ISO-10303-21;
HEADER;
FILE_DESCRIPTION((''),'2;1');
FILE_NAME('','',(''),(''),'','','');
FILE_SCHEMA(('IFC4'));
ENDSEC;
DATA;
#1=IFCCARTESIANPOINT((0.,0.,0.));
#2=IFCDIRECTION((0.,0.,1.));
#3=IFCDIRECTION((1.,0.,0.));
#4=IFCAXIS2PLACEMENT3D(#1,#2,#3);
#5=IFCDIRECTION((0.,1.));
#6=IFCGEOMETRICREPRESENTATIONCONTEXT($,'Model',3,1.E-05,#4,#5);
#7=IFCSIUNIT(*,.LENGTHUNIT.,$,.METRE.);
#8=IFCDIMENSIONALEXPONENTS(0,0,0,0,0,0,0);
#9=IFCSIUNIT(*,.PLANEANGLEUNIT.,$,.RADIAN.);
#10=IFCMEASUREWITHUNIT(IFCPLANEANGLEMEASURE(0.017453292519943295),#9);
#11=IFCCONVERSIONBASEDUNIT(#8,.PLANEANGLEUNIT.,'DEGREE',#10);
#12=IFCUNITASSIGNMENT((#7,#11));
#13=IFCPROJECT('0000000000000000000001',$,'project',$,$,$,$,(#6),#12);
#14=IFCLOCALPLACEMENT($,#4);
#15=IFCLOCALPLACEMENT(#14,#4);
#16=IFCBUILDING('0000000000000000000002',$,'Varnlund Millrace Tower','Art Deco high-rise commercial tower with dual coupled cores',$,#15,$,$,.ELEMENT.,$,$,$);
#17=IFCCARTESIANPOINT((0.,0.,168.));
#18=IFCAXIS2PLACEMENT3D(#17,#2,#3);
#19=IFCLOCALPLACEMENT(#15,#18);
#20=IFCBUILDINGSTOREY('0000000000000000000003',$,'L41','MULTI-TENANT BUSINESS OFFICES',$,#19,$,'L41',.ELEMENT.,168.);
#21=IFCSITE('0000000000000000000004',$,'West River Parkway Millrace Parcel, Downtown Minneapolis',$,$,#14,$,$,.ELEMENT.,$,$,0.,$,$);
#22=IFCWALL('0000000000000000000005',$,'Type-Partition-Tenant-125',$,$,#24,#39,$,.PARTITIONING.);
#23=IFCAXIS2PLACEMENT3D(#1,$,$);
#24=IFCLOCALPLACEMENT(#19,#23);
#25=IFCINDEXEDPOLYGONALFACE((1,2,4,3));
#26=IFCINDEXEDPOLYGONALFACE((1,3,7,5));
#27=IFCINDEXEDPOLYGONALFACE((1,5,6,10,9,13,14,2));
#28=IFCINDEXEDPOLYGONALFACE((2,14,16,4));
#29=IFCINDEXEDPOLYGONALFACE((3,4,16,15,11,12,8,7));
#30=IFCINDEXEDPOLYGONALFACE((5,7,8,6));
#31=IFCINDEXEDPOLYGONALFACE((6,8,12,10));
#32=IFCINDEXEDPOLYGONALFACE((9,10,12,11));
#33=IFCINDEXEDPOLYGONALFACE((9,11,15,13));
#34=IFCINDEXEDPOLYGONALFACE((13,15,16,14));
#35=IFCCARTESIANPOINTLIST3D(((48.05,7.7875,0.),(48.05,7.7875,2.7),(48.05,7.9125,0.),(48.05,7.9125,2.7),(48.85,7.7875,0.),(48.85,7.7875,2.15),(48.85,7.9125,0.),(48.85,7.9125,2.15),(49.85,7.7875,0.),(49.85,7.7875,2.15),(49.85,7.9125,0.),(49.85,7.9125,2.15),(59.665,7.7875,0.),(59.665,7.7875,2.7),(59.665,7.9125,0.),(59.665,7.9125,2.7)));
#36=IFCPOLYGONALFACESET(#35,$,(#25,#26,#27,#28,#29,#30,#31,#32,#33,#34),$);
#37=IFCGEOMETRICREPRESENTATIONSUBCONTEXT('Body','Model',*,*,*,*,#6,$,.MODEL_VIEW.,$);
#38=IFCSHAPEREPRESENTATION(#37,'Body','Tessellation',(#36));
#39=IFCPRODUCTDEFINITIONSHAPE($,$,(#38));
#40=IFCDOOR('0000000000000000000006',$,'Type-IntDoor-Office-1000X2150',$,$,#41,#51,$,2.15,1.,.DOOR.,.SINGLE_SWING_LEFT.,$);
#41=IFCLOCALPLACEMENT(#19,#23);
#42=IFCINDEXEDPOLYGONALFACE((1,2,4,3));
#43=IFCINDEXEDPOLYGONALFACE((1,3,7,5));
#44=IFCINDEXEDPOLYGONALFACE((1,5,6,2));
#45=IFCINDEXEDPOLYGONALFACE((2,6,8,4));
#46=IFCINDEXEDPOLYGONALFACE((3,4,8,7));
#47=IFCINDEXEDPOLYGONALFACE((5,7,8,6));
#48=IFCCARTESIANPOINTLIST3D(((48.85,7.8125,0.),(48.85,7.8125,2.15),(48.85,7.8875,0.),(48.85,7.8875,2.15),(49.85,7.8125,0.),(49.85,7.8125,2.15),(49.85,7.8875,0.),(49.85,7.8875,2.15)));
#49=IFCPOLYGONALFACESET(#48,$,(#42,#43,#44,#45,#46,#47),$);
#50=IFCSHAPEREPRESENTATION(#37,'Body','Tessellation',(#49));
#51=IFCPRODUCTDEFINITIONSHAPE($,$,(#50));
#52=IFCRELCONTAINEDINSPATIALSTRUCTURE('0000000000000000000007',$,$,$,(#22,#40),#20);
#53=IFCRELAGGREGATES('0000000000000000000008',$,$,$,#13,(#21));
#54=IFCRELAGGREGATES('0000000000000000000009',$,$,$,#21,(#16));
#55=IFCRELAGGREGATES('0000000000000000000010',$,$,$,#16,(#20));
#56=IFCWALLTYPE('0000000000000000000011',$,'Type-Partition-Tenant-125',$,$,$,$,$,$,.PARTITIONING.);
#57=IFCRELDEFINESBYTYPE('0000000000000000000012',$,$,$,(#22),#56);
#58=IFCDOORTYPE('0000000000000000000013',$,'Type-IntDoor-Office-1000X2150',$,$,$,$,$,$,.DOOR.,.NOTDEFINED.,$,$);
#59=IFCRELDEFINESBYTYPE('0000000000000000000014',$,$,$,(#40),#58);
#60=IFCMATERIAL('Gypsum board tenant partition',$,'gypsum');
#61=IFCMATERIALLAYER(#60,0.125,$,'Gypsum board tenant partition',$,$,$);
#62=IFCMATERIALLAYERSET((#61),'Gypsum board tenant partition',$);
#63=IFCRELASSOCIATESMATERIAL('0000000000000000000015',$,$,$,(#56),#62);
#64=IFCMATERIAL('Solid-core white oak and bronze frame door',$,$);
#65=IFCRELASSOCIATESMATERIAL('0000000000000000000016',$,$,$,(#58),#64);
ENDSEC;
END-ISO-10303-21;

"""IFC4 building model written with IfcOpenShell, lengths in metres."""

from ifc_helpers import new_model, entity, si_unit, converted_unit, direction, frame, origin_with_axes, origin_2d_with_axis, place, context, subcontext, project, spatial, polyline, rectangle, outline, extrude, material, layer, layer_set, type_object, element, fill, save


model = new_model("IFC4")

# Units and contexts
model_context = context("Model", 3, precision=1e-05, world=origin_with_axes(), true_north=direction((0.0, 1.0)))
body_context = subcontext(model_context, "Body", "Model", "MODEL_VIEW")
ifc_project = project(units=[si_unit("LENGTHUNIT", "METRE"), converted_unit("PLANEANGLEUNIT", "DEGREE", entity("IfcPlaneAngleMeasure", 0.017453292519943295), si_unit("PLANEANGLEUNIT", "RADIAN"), dimensions=[0, 0, 0, 0, 0, 0, 0])], contexts=[model_context])

# Site, building, storey
site_placement = place(None, origin_with_axes())
site = spatial("IfcSite", under=ifc_project, at=site_placement, Name="West River Parkway Millrace Parcel, Downtown Minneapolis", CompositionType="ELEMENT", RefElevation=0.0)
building_placement = place(site_placement, origin_with_axes())
building = spatial("IfcBuilding", under=site, at=building_placement, Name="Varnlund Millrace Tower", Description="Art Deco high-rise commercial tower with dual coupled cores", CompositionType="ELEMENT")
storey_placement = place(building_placement, frame((0.0, 0.0, 168.0), z_axis=(0.0, 0.0, 1.0), x_axis=(1.0, 0.0, 0.0)))
storey = spatial("IfcBuildingStorey", under=building, at=storey_placement, Name="L41", Description="MULTI-TENANT BUSINESS OFFICES", LongName="L41", CompositionType="ELEMENT", Elevation=168.0)

# Wall, opening, door
ifc_material_1 = material(Name="Gypsum board tenant partition", Category="gypsum")
ifc_layer_1 = layer(ifc_material_1, 0.125, Name="Gypsum board tenant partition")
ifc_layer_set_1 = layer_set([ifc_layer_1], Name="Gypsum board tenant partition")
wall_type_1 = type_object("IfcWallType", Name="Type-Partition-Tenant-125", PredefinedType="PARTITIONING", material=ifc_layer_set_1)
wall_1_placement = place(storey_placement, frame((59.665, 7.85, 0.0), z_axis=(0.0, 0.0, 1.0), x_axis=(-1.0, 0.0, 0.0)))
wall_1 = element("IfcWall", 1, at=wall_1_placement, inside=storey, type_object=wall_type_1, Name="Type-Partition-Tenant-125", PredefinedType="PARTITIONING", context=body_context, shape_type="SweptSolid", body=[
    extrude(outline(polyline([(0.0, -0.0625), (11.615, -0.0625), (11.615, 0.0625), (0.0, 0.0625), (0.0, -0.0625)])), origin_with_axes(), (0.0, 0.0, 1.0), 2.7),
])
opening_1_placement = place(wall_1_placement, frame((10.315, 0.0, 0.0), z_axis=(0.0, 0.0, 1.0), x_axis=(1.0, 0.0, 0.0)))
opening_1 = element("IfcOpeningElement", 2, at=opening_1_placement, cuts=wall_1, PredefinedType="OPENING", context=body_context, shape_type="SweptSolid", body=[
    extrude(rectangle(XDim=1.0, YDim=0.145, at=origin_2d_with_axis()), origin_with_axes(), (0.0, 0.0, 1.0), 2.15),
])
ifc_material_2 = material(Name="Solid-core white oak and bronze frame door")
door_type_1 = type_object("IfcDoorType", Name="Type-IntDoor-Office-1000X2150", OperationType="NOTDEFINED", PredefinedType="DOOR", material=ifc_material_2)
door_1_placement = place(wall_1_placement, frame((10.315, 0.0, 0.0), z_axis=(0.0, 0.0, 1.0), x_axis=(1.0, 0.0, 0.0)))
door_1 = element("IfcDoor", 3, at=door_1_placement, inside=storey, type_object=door_type_1, Name="Type-IntDoor-Office-1000X2150", OperationType="SINGLE_SWING_LEFT", OverallHeight=2.15, OverallWidth=1.0, PredefinedType="DOOR", context=body_context, shape_type="SweptSolid", body=[
    extrude(rectangle(XDim=1.0, YDim=0.075, at=origin_2d_with_axis()), origin_with_axes(), (0.0, 0.0, 1.0), 2.15),
])
fill(opening_1, door_1)

save(model, "model.ifc")
